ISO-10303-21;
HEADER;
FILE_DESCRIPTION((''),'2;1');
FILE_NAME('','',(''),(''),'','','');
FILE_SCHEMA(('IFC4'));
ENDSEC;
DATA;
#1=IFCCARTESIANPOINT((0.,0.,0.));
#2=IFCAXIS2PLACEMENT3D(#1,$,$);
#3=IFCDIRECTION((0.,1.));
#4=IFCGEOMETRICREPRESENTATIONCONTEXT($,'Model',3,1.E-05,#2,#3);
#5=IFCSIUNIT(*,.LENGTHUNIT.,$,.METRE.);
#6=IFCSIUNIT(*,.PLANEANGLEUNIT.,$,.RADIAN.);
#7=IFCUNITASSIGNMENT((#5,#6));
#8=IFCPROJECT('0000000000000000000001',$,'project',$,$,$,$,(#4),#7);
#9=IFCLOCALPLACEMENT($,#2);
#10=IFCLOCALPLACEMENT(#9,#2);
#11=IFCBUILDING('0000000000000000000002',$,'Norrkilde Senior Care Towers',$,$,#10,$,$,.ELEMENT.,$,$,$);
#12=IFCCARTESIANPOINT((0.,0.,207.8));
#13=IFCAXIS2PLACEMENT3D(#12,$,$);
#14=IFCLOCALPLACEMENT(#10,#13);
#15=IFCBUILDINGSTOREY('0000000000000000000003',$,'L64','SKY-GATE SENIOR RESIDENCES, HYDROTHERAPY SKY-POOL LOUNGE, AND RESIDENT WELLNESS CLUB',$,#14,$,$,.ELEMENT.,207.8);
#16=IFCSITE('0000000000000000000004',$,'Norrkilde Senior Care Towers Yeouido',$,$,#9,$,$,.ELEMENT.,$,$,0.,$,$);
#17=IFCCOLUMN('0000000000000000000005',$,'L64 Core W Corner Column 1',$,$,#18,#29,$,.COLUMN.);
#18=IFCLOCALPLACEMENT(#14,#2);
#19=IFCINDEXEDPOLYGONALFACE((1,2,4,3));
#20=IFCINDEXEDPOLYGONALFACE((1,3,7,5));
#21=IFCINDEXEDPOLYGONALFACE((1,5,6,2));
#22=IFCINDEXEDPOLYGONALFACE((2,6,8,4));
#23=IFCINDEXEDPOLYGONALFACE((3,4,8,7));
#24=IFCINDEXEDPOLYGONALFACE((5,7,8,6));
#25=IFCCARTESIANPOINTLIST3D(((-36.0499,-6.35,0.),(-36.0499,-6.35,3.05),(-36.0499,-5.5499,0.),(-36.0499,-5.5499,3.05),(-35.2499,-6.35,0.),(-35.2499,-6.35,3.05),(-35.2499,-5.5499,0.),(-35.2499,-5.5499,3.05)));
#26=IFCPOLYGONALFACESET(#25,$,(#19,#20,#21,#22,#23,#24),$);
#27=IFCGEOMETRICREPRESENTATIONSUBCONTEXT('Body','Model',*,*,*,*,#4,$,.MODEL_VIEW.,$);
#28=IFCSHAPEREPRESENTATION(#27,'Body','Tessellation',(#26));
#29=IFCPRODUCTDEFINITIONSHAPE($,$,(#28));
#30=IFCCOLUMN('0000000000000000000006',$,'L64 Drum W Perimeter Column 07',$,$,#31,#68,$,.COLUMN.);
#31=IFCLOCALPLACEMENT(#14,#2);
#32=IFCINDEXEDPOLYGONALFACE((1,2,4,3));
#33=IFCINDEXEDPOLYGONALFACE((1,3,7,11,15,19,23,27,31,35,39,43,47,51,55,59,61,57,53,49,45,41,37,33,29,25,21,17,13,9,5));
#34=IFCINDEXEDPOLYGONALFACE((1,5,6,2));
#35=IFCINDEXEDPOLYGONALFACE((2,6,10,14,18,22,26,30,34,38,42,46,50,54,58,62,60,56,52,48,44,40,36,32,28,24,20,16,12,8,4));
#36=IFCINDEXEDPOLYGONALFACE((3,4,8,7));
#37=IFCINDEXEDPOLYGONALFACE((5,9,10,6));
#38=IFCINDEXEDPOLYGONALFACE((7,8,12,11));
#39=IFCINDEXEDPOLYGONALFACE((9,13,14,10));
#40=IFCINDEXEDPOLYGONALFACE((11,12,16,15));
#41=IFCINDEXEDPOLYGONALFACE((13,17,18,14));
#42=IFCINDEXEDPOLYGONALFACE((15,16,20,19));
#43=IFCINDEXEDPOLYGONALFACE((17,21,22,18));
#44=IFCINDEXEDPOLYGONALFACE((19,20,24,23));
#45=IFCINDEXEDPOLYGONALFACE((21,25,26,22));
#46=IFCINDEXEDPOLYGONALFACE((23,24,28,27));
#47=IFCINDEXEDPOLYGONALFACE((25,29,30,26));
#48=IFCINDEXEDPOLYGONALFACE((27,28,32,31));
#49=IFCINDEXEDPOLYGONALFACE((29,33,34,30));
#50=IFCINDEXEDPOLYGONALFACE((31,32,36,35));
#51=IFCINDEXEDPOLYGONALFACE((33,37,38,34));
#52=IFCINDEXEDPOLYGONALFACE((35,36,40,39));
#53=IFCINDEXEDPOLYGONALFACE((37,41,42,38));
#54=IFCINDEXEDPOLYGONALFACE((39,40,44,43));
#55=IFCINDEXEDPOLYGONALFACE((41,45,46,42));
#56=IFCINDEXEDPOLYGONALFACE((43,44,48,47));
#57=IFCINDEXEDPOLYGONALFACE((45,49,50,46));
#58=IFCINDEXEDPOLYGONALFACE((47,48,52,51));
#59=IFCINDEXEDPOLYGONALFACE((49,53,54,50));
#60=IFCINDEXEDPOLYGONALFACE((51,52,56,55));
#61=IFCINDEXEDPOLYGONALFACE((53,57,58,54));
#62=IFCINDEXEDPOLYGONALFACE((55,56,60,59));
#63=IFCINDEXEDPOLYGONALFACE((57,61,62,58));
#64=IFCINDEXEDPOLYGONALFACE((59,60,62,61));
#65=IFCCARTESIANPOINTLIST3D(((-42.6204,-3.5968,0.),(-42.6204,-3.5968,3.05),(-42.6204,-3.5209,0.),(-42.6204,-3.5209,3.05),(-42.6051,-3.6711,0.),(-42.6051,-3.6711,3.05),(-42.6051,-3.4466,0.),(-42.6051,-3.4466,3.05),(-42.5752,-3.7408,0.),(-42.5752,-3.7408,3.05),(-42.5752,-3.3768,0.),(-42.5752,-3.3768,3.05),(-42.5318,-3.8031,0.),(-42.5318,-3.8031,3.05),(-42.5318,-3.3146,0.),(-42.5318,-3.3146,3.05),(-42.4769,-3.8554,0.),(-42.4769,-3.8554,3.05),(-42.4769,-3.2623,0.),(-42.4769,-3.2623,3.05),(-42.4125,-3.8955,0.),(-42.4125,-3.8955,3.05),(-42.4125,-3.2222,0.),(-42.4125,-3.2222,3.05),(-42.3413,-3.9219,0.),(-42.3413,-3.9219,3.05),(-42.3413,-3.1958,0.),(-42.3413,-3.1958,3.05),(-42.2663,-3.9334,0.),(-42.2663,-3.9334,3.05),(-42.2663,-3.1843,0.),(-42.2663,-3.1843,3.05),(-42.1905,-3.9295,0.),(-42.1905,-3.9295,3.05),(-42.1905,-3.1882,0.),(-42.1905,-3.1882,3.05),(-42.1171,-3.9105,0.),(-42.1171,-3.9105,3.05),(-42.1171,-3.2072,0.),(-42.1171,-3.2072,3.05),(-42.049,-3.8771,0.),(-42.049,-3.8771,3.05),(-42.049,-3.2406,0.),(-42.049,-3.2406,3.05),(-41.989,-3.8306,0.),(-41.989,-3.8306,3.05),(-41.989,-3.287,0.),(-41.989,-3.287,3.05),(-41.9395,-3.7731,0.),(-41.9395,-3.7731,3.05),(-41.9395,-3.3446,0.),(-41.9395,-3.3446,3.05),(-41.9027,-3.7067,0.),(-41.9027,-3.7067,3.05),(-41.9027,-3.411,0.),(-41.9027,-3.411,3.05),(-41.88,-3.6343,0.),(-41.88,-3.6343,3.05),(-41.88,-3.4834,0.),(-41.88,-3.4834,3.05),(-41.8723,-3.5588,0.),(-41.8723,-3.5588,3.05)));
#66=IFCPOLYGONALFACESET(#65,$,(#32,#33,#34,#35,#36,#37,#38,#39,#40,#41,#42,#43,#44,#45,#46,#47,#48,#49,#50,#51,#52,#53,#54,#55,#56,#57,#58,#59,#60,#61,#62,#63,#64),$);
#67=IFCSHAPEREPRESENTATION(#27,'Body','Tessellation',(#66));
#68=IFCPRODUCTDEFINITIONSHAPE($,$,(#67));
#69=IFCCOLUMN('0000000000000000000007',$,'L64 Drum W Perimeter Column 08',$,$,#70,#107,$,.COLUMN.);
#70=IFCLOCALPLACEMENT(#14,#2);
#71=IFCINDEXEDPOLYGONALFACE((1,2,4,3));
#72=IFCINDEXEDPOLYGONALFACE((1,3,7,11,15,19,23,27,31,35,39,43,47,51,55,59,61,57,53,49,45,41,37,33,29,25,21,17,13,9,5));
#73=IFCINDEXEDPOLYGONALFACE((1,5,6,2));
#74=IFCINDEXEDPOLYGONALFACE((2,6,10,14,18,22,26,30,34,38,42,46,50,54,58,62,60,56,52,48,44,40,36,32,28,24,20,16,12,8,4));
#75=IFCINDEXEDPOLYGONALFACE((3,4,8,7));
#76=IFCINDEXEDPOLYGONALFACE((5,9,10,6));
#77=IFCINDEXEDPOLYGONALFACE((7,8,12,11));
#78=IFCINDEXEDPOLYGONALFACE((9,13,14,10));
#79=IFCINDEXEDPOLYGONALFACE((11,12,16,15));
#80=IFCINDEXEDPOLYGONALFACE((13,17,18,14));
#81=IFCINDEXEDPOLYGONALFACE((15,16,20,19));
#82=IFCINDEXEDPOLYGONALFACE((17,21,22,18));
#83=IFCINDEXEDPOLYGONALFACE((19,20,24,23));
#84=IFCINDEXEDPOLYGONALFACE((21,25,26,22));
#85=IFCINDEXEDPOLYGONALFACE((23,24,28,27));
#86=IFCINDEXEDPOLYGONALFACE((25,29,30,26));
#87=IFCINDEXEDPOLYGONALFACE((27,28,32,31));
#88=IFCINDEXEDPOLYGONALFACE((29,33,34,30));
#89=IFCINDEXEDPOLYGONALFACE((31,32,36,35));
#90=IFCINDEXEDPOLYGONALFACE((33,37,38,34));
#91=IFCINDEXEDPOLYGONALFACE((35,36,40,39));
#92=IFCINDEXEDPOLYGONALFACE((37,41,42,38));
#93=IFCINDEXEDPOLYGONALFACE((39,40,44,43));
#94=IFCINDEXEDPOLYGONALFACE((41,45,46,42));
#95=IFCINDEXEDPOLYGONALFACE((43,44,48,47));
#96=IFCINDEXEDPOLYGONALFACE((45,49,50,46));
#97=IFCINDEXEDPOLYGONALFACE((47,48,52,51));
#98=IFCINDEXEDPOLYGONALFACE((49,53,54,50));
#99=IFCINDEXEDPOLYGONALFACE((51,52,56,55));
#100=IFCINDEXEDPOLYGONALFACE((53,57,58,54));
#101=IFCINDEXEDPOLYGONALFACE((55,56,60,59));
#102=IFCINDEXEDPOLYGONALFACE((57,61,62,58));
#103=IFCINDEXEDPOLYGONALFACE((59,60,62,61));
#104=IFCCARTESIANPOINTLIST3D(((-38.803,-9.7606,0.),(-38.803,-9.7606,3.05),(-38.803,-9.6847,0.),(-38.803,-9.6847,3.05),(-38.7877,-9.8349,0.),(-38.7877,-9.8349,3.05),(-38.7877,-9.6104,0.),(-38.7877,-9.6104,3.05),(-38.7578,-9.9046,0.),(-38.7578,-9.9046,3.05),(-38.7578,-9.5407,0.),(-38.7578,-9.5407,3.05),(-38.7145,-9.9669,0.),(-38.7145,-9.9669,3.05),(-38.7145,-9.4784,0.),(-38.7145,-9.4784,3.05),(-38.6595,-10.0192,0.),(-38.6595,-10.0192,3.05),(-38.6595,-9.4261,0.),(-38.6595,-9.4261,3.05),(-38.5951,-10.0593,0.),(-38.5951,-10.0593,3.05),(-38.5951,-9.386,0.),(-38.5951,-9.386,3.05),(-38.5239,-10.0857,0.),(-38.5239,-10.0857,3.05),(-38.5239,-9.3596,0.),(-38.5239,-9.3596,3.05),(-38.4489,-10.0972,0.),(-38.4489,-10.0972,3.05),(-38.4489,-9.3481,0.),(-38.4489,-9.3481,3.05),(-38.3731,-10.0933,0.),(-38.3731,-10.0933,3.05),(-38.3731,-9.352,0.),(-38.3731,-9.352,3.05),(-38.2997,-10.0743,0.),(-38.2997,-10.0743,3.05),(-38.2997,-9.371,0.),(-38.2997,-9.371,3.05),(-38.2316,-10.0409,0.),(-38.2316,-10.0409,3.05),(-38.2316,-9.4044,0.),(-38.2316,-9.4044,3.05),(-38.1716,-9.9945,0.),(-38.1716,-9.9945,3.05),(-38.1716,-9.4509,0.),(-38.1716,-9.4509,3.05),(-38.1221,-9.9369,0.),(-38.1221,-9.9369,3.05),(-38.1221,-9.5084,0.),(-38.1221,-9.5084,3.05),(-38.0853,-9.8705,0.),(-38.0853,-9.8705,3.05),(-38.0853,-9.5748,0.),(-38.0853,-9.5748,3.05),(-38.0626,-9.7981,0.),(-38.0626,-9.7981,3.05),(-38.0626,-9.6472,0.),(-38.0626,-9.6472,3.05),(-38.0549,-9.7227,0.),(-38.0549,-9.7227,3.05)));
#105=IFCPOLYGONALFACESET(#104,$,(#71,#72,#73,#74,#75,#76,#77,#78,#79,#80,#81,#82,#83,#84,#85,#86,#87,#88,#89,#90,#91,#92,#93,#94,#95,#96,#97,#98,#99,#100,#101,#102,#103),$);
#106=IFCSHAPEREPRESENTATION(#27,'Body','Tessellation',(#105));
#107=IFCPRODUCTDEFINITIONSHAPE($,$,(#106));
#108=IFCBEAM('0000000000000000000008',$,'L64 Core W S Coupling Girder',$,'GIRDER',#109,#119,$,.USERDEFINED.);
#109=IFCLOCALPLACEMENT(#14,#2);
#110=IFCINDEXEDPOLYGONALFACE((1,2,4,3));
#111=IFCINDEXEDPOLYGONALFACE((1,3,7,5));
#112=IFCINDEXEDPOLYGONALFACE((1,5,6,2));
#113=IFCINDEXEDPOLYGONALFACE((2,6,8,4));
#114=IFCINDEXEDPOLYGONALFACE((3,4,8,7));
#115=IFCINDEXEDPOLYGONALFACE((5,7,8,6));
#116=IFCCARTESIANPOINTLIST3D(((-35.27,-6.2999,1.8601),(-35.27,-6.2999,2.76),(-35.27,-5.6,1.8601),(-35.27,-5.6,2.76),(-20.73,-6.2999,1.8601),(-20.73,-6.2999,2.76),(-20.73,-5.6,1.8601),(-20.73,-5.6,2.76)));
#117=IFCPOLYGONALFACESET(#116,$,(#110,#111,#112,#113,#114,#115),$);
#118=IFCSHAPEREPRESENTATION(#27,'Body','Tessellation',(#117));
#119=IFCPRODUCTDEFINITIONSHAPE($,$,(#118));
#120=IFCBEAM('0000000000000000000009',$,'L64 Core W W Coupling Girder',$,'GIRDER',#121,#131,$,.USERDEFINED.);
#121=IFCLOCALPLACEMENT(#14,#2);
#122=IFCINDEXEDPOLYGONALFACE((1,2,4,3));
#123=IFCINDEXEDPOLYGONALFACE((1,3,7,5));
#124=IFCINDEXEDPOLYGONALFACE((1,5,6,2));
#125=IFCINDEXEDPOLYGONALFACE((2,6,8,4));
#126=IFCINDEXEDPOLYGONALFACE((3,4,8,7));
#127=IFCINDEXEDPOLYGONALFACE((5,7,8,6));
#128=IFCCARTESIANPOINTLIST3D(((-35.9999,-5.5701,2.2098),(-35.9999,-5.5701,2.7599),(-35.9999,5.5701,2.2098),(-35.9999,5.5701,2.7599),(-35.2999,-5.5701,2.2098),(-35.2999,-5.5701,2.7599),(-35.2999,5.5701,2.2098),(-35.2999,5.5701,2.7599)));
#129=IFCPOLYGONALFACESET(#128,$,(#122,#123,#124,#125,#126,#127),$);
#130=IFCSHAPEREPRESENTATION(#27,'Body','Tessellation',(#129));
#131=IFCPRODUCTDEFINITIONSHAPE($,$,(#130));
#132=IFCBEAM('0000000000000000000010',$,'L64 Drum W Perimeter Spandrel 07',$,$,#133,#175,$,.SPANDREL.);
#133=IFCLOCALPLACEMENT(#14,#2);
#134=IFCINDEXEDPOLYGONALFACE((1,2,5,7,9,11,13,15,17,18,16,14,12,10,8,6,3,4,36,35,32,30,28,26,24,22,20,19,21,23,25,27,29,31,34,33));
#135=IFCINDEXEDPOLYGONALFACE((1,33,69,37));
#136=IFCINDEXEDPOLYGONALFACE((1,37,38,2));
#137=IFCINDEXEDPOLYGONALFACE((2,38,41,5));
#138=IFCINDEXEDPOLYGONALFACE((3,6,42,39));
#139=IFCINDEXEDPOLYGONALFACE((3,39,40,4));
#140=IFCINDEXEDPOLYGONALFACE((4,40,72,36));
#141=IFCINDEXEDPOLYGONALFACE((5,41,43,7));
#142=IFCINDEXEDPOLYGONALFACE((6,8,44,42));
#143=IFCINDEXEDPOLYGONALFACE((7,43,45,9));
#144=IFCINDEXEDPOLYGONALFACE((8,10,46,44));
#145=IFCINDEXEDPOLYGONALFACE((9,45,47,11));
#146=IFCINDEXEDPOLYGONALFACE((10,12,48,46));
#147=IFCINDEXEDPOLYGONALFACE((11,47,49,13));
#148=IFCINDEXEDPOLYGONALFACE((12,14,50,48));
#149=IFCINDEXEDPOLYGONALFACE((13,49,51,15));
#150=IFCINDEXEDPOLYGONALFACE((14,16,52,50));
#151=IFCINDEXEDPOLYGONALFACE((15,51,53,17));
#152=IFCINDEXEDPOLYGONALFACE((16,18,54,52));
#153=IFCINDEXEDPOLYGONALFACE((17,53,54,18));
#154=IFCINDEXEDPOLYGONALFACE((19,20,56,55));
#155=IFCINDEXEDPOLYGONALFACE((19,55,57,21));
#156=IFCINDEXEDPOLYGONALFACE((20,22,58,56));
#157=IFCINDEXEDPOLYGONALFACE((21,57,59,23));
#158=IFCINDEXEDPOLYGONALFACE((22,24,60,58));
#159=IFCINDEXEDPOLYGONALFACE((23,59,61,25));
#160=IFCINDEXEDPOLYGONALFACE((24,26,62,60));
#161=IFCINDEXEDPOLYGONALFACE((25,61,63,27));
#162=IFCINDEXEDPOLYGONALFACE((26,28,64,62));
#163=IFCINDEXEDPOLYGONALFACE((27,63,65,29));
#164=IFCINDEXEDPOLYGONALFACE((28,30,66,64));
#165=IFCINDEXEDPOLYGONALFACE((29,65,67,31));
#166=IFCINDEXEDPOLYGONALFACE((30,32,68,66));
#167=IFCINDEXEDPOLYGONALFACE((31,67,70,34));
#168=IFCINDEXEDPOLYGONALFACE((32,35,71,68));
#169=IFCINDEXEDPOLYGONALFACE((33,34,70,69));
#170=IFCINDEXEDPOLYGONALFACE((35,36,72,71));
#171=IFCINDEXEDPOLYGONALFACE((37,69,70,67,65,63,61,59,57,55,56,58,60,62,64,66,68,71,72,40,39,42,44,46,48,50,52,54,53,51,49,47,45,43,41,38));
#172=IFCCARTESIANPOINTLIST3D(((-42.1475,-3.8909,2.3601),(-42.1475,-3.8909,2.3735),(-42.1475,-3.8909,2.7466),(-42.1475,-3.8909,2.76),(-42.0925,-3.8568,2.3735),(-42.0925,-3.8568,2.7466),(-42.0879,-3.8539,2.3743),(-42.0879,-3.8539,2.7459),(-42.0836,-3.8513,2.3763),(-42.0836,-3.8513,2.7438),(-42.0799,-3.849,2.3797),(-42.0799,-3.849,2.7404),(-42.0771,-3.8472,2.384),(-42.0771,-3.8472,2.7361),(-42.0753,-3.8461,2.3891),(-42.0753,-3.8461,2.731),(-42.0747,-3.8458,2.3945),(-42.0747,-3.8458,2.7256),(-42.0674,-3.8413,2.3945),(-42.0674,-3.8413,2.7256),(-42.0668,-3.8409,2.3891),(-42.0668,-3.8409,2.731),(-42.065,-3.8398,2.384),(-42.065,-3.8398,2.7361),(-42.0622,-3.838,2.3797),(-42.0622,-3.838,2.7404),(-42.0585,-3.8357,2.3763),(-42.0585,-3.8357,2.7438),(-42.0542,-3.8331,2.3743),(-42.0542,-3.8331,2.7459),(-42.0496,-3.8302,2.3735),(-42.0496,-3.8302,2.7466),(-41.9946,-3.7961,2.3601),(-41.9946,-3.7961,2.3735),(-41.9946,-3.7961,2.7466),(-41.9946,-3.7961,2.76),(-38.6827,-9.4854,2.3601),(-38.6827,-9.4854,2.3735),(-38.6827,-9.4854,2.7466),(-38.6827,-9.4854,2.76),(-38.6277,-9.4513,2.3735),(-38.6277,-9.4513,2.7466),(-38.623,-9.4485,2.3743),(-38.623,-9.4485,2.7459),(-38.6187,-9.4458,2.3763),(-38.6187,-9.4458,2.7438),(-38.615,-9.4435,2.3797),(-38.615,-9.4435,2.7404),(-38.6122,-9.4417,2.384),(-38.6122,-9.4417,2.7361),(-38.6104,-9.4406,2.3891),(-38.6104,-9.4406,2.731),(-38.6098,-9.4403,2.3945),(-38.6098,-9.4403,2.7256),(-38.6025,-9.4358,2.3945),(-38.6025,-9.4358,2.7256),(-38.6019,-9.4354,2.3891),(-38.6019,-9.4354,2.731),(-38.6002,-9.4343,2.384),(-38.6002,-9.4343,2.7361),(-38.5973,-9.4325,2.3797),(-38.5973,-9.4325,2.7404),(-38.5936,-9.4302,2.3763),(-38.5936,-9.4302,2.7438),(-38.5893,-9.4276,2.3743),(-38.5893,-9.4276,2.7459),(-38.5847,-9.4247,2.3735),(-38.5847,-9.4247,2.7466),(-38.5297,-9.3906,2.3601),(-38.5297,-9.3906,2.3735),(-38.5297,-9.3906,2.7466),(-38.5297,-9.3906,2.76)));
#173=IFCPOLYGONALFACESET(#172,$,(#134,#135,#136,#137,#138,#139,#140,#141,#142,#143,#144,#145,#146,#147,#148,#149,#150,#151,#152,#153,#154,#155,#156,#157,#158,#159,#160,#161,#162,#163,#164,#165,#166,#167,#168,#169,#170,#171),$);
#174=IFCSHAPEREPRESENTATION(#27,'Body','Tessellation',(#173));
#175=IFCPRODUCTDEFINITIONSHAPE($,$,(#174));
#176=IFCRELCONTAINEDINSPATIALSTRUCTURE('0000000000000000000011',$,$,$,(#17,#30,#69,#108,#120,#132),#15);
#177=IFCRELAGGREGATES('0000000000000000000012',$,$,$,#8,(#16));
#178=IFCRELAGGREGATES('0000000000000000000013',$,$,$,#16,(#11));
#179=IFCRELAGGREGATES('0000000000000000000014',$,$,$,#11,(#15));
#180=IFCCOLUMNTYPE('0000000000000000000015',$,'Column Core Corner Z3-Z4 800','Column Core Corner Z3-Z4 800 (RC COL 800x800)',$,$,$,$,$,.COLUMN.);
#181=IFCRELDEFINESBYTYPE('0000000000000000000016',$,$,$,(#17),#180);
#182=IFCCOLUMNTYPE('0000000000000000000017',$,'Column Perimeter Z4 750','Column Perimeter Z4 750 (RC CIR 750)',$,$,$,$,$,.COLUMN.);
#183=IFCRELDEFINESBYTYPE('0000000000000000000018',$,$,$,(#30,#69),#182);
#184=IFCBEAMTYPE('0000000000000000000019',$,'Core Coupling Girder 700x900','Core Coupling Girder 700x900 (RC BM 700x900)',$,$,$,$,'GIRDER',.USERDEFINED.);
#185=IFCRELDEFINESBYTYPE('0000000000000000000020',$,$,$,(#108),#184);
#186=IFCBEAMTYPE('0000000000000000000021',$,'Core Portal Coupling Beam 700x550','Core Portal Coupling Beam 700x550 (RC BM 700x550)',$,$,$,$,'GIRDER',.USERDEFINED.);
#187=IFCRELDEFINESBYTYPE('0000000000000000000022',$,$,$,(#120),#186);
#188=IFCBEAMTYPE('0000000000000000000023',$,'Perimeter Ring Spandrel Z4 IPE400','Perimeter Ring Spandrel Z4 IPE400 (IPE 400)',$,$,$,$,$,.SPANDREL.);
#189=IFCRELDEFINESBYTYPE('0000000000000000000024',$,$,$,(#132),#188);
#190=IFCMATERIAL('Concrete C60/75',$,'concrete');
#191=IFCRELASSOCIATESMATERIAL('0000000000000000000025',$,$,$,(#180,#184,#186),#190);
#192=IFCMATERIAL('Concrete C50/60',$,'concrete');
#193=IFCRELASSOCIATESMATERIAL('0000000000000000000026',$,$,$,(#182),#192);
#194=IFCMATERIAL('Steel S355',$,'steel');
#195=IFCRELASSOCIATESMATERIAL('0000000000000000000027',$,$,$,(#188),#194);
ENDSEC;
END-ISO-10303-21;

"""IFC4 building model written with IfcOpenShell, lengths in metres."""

from ifc_helpers import new_model, si_unit, direction, frame, origin, origin_2d, place, context, subcontext, project, spatial, rectangle, circle, i_section, extrude, source, transform, mapped, material, material_profile, profile_set, type_object, type_shapes, element, save


model = new_model("IFC4")

# Units and contexts
model_context = context("Model", 3, precision=1e-05, world=origin(), true_north=direction((0.0, 1.0)))
body_context = subcontext(model_context, "Body", "Model", "MODEL_VIEW")
ifc_project = project(units=[si_unit("LENGTHUNIT", "METRE"), si_unit("PLANEANGLEUNIT", "RADIAN")], contexts=[model_context])

# Site, building, storey
site_placement = place(None, origin())
site = spatial("IfcSite", under=ifc_project, at=site_placement, Name="Norrkilde Senior Care Towers Yeouido", CompositionType="ELEMENT", RefElevation=0.0)
building_placement = place(site_placement, origin())
building = spatial("IfcBuilding", under=site, at=building_placement, Name="Norrkilde Senior Care Towers", CompositionType="ELEMENT")
storey_placement = place(building_placement, frame((0.0, 0.0, 207.8)))
storey = spatial("IfcBuildingStorey", under=building, at=storey_placement, Name="L64", Description="SKY-GATE SENIOR RESIDENCES, HYDROTHERAPY SKY-POOL LOUNGE, AND RESIDENT WELLNESS CLUB", CompositionType="ELEMENT", Elevation=207.8)

# Columns
ifc_material_1 = material(Name="Concrete C60/75", Category="concrete")
ifc_material_profile_1 = material_profile(ifc_material_1, rectangle(XDim=0.8, YDim=0.8, at=origin_2d()), Name="RC COL 800x800")
ifc_profile_set_1 = profile_set([ifc_material_profile_1], Name="Concrete C60/75")
column_type_1 = type_object("IfcColumnType", Name="Column Core Corner Z3-Z4 800", Description="Column Core Corner Z3-Z4 800 (RC COL 800x800)", PredefinedType="COLUMN", material=ifc_profile_set_1)
shared_shape_1 = source(origin(), body_context, "Body", "SweptSolid", [
    extrude(rectangle(XDim=0.8, YDim=0.8, at=origin_2d()), origin(), (0.0, 0.0, 1.0), 3.05),
])
type_shapes(column_type_1, [shared_shape_1])
column_placement = place(storey_placement, frame((-35.6499, -5.95, 0.0), z_axis=(0.0, 0.0, 1.0), x_axis=(1.0, 0.0, 0.0)))
element("IfcColumn", 1, at=column_placement, inside=storey, type_object=column_type_1, Name="L64 Core W Corner Column 1", PredefinedType="COLUMN", context=body_context, shape_type="MappedRepresentation", body=[
    mapped(shared_shape_1, transform((0.0, 0.0, 0.0), x_axis=(1.0, 0.0, 0.0), y_axis=(0.0, 1.0, 0.0), z_axis=(0.0, 0.0, 1.0), scale=1.0)),
])
ifc_material_2 = material(Name="Concrete C50/60", Category="concrete")
ifc_material_profile_2 = material_profile(ifc_material_2, circle(Radius=0.375, at=origin_2d()), Name="RC CIR 750")
ifc_profile_set_2 = profile_set([ifc_material_profile_2], Name="Concrete C50/60")
column_type_2 = type_object("IfcColumnType", Name="Column Perimeter Z4 750", Description="Column Perimeter Z4 750 (RC CIR 750)", PredefinedType="COLUMN", material=ifc_profile_set_2)
shared_shape_2 = source(origin(), body_context, "Body", "SweptSolid", [
    extrude(circle(Radius=0.375, at=origin_2d()), origin(), (0.0, 0.0, 1.0), 3.05),
])
type_shapes(column_type_2, [shared_shape_2])
for number, where, z_axis, x_axis, name in (
    (2, (-42.2473, -3.5588, 0.0), (0.0, 0.0, 1.0), (1.0, 0.0, 0.0), "L64 Drum W Perimeter Column 07"),
    (3, (-38.4299, -9.7227, 0.0), (0.0, 0.0, 1.0), (1.0, 0.0, 0.0), "L64 Drum W Perimeter Column 08"),
):
    element("IfcColumn", number, at=place(storey_placement, frame(where, z_axis=z_axis, x_axis=x_axis)), inside=storey, type_object=column_type_2, Name=name, PredefinedType="COLUMN", context=body_context, shape_type="MappedRepresentation", body=[
        mapped(shared_shape_2, transform((0.0, 0.0, 0.0), x_axis=(1.0, 0.0, 0.0), y_axis=(0.0, 1.0, 0.0), z_axis=(0.0, 0.0, 1.0), scale=1.0)),
    ])

# Beams
ifc_material_profile_3 = material_profile(ifc_material_1, rectangle(XDim=0.7, YDim=0.8999, at=origin_2d()), Name="RC BM 700x900")
ifc_profile_set_3 = profile_set([ifc_material_profile_3], Name="Concrete C60/75")
beam_type_1 = type_object("IfcBeamType", Name="Core Coupling Girder 700x900", Description="Core Coupling Girder 700x900 (RC BM 700x900)", ElementType="GIRDER", PredefinedType="USERDEFINED", material=ifc_profile_set_3)
shared_shape_3 = source(origin(), body_context, "Body", "SweptSolid", [
    extrude(rectangle(XDim=0.7, YDim=0.8999, at=origin_2d()), origin(), (0.0, 0.0, 1.0), 14.54),
])
type_shapes(beam_type_1, [shared_shape_3])
beam_1_placement = place(storey_placement, frame((-35.27, -5.95, 2.3101), z_axis=(1.0, 0.0, 0.0), x_axis=(0.0, 1.0, 0.0)))
element("IfcBeam", 4, at=beam_1_placement, inside=storey, type_object=beam_type_1, Name="L64 Core W S Coupling Girder", ObjectType="GIRDER", PredefinedType="USERDEFINED", context=body_context, shape_type="MappedRepresentation", body=[
    mapped(shared_shape_3, transform((0.0, 0.0, 0.0), x_axis=(1.0, 0.0, 0.0), y_axis=(0.0, 1.0, 0.0), z_axis=(0.0, 0.0, 1.0), scale=1.0)),
])
ifc_material_profile_4 = material_profile(ifc_material_1, rectangle(XDim=0.7, YDim=0.55, at=origin_2d()), Name="RC BM 700x550")
ifc_profile_set_4 = profile_set([ifc_material_profile_4], Name="Concrete C60/75")
beam_type_2 = type_object("IfcBeamType", Name="Core Portal Coupling Beam 700x550", Description="Core Portal Coupling Beam 700x550 (RC BM 700x550)", ElementType="GIRDER", PredefinedType="USERDEFINED", material=ifc_profile_set_4)
shared_shape_4 = source(origin(), body_context, "Body", "SweptSolid", [
    extrude(rectangle(XDim=0.7, YDim=0.55, at=origin_2d()), origin(), (0.0, 0.0, 1.0), 11.1401),
])
type_shapes(beam_type_2, [shared_shape_4])
beam_2_placement = place(storey_placement, frame((-35.6499, -5.5701, 2.4849), z_axis=(0.0, 1.0, 0.0), x_axis=(-1.0, 0.0, 0.0)))
element("IfcBeam", 5, at=beam_2_placement, inside=storey, type_object=beam_type_2, Name="L64 Core W W Coupling Girder", ObjectType="GIRDER", PredefinedType="USERDEFINED", context=body_context, shape_type="MappedRepresentation", body=[
    mapped(shared_shape_4, transform((0.0, 0.0, 0.0), x_axis=(1.0, 0.0, 0.0), y_axis=(0.0, 1.0, 0.0), z_axis=(0.0, 0.0, 1.0), scale=1.0)),
])
ifc_material_3 = material(Name="Steel S355", Category="steel")
ifc_material_profile_5 = material_profile(ifc_material_3, i_section(OverallWidth=0.1799, OverallDepth=0.3999, WebThickness=0.0085, FlangeThickness=0.0134, FilletRadius=0.021, at=origin_2d()), Name="IPE 400")
ifc_profile_set_5 = profile_set([ifc_material_profile_5], Name="Steel S355")
beam_type_3 = type_object("IfcBeamType", Name="Perimeter Ring Spandrel Z4 IPE400", Description="Perimeter Ring Spandrel Z4 IPE400 (IPE 400)", PredefinedType="SPANDREL", material=ifc_profile_set_5)
shared_shape_5 = source(origin(), body_context, "Body", "SweptSolid", [
    extrude(i_section(OverallWidth=0.1799, OverallDepth=0.3999, WebThickness=0.0085, FlangeThickness=0.0134, FilletRadius=0.021, at=origin_2d()), origin(), (0.0, 0.0, 1.0), 6.5806),
])
beam_3_placement = place(storey_placement, frame((-42.071, -3.8435, 2.5601), z_axis=(0.52653, -0.850157, 0.0), x_axis=(0.850157, 0.52653, 0.0)))
element("IfcBeam", 6, at=beam_3_placement, inside=storey, type_object=beam_type_3, Name="L64 Drum W Perimeter Spandrel 07", PredefinedType="SPANDREL", context=body_context, shape_type="MappedRepresentation", body=[
    mapped(shared_shape_5, transform((0.0, 0.0, 0.0), x_axis=(1.0, 0.0, 0.0), y_axis=(0.0, 1.0, 0.0), z_axis=(0.0, 0.0, 1.0), scale=1.0)),
])

save(model, "model.ifc")
